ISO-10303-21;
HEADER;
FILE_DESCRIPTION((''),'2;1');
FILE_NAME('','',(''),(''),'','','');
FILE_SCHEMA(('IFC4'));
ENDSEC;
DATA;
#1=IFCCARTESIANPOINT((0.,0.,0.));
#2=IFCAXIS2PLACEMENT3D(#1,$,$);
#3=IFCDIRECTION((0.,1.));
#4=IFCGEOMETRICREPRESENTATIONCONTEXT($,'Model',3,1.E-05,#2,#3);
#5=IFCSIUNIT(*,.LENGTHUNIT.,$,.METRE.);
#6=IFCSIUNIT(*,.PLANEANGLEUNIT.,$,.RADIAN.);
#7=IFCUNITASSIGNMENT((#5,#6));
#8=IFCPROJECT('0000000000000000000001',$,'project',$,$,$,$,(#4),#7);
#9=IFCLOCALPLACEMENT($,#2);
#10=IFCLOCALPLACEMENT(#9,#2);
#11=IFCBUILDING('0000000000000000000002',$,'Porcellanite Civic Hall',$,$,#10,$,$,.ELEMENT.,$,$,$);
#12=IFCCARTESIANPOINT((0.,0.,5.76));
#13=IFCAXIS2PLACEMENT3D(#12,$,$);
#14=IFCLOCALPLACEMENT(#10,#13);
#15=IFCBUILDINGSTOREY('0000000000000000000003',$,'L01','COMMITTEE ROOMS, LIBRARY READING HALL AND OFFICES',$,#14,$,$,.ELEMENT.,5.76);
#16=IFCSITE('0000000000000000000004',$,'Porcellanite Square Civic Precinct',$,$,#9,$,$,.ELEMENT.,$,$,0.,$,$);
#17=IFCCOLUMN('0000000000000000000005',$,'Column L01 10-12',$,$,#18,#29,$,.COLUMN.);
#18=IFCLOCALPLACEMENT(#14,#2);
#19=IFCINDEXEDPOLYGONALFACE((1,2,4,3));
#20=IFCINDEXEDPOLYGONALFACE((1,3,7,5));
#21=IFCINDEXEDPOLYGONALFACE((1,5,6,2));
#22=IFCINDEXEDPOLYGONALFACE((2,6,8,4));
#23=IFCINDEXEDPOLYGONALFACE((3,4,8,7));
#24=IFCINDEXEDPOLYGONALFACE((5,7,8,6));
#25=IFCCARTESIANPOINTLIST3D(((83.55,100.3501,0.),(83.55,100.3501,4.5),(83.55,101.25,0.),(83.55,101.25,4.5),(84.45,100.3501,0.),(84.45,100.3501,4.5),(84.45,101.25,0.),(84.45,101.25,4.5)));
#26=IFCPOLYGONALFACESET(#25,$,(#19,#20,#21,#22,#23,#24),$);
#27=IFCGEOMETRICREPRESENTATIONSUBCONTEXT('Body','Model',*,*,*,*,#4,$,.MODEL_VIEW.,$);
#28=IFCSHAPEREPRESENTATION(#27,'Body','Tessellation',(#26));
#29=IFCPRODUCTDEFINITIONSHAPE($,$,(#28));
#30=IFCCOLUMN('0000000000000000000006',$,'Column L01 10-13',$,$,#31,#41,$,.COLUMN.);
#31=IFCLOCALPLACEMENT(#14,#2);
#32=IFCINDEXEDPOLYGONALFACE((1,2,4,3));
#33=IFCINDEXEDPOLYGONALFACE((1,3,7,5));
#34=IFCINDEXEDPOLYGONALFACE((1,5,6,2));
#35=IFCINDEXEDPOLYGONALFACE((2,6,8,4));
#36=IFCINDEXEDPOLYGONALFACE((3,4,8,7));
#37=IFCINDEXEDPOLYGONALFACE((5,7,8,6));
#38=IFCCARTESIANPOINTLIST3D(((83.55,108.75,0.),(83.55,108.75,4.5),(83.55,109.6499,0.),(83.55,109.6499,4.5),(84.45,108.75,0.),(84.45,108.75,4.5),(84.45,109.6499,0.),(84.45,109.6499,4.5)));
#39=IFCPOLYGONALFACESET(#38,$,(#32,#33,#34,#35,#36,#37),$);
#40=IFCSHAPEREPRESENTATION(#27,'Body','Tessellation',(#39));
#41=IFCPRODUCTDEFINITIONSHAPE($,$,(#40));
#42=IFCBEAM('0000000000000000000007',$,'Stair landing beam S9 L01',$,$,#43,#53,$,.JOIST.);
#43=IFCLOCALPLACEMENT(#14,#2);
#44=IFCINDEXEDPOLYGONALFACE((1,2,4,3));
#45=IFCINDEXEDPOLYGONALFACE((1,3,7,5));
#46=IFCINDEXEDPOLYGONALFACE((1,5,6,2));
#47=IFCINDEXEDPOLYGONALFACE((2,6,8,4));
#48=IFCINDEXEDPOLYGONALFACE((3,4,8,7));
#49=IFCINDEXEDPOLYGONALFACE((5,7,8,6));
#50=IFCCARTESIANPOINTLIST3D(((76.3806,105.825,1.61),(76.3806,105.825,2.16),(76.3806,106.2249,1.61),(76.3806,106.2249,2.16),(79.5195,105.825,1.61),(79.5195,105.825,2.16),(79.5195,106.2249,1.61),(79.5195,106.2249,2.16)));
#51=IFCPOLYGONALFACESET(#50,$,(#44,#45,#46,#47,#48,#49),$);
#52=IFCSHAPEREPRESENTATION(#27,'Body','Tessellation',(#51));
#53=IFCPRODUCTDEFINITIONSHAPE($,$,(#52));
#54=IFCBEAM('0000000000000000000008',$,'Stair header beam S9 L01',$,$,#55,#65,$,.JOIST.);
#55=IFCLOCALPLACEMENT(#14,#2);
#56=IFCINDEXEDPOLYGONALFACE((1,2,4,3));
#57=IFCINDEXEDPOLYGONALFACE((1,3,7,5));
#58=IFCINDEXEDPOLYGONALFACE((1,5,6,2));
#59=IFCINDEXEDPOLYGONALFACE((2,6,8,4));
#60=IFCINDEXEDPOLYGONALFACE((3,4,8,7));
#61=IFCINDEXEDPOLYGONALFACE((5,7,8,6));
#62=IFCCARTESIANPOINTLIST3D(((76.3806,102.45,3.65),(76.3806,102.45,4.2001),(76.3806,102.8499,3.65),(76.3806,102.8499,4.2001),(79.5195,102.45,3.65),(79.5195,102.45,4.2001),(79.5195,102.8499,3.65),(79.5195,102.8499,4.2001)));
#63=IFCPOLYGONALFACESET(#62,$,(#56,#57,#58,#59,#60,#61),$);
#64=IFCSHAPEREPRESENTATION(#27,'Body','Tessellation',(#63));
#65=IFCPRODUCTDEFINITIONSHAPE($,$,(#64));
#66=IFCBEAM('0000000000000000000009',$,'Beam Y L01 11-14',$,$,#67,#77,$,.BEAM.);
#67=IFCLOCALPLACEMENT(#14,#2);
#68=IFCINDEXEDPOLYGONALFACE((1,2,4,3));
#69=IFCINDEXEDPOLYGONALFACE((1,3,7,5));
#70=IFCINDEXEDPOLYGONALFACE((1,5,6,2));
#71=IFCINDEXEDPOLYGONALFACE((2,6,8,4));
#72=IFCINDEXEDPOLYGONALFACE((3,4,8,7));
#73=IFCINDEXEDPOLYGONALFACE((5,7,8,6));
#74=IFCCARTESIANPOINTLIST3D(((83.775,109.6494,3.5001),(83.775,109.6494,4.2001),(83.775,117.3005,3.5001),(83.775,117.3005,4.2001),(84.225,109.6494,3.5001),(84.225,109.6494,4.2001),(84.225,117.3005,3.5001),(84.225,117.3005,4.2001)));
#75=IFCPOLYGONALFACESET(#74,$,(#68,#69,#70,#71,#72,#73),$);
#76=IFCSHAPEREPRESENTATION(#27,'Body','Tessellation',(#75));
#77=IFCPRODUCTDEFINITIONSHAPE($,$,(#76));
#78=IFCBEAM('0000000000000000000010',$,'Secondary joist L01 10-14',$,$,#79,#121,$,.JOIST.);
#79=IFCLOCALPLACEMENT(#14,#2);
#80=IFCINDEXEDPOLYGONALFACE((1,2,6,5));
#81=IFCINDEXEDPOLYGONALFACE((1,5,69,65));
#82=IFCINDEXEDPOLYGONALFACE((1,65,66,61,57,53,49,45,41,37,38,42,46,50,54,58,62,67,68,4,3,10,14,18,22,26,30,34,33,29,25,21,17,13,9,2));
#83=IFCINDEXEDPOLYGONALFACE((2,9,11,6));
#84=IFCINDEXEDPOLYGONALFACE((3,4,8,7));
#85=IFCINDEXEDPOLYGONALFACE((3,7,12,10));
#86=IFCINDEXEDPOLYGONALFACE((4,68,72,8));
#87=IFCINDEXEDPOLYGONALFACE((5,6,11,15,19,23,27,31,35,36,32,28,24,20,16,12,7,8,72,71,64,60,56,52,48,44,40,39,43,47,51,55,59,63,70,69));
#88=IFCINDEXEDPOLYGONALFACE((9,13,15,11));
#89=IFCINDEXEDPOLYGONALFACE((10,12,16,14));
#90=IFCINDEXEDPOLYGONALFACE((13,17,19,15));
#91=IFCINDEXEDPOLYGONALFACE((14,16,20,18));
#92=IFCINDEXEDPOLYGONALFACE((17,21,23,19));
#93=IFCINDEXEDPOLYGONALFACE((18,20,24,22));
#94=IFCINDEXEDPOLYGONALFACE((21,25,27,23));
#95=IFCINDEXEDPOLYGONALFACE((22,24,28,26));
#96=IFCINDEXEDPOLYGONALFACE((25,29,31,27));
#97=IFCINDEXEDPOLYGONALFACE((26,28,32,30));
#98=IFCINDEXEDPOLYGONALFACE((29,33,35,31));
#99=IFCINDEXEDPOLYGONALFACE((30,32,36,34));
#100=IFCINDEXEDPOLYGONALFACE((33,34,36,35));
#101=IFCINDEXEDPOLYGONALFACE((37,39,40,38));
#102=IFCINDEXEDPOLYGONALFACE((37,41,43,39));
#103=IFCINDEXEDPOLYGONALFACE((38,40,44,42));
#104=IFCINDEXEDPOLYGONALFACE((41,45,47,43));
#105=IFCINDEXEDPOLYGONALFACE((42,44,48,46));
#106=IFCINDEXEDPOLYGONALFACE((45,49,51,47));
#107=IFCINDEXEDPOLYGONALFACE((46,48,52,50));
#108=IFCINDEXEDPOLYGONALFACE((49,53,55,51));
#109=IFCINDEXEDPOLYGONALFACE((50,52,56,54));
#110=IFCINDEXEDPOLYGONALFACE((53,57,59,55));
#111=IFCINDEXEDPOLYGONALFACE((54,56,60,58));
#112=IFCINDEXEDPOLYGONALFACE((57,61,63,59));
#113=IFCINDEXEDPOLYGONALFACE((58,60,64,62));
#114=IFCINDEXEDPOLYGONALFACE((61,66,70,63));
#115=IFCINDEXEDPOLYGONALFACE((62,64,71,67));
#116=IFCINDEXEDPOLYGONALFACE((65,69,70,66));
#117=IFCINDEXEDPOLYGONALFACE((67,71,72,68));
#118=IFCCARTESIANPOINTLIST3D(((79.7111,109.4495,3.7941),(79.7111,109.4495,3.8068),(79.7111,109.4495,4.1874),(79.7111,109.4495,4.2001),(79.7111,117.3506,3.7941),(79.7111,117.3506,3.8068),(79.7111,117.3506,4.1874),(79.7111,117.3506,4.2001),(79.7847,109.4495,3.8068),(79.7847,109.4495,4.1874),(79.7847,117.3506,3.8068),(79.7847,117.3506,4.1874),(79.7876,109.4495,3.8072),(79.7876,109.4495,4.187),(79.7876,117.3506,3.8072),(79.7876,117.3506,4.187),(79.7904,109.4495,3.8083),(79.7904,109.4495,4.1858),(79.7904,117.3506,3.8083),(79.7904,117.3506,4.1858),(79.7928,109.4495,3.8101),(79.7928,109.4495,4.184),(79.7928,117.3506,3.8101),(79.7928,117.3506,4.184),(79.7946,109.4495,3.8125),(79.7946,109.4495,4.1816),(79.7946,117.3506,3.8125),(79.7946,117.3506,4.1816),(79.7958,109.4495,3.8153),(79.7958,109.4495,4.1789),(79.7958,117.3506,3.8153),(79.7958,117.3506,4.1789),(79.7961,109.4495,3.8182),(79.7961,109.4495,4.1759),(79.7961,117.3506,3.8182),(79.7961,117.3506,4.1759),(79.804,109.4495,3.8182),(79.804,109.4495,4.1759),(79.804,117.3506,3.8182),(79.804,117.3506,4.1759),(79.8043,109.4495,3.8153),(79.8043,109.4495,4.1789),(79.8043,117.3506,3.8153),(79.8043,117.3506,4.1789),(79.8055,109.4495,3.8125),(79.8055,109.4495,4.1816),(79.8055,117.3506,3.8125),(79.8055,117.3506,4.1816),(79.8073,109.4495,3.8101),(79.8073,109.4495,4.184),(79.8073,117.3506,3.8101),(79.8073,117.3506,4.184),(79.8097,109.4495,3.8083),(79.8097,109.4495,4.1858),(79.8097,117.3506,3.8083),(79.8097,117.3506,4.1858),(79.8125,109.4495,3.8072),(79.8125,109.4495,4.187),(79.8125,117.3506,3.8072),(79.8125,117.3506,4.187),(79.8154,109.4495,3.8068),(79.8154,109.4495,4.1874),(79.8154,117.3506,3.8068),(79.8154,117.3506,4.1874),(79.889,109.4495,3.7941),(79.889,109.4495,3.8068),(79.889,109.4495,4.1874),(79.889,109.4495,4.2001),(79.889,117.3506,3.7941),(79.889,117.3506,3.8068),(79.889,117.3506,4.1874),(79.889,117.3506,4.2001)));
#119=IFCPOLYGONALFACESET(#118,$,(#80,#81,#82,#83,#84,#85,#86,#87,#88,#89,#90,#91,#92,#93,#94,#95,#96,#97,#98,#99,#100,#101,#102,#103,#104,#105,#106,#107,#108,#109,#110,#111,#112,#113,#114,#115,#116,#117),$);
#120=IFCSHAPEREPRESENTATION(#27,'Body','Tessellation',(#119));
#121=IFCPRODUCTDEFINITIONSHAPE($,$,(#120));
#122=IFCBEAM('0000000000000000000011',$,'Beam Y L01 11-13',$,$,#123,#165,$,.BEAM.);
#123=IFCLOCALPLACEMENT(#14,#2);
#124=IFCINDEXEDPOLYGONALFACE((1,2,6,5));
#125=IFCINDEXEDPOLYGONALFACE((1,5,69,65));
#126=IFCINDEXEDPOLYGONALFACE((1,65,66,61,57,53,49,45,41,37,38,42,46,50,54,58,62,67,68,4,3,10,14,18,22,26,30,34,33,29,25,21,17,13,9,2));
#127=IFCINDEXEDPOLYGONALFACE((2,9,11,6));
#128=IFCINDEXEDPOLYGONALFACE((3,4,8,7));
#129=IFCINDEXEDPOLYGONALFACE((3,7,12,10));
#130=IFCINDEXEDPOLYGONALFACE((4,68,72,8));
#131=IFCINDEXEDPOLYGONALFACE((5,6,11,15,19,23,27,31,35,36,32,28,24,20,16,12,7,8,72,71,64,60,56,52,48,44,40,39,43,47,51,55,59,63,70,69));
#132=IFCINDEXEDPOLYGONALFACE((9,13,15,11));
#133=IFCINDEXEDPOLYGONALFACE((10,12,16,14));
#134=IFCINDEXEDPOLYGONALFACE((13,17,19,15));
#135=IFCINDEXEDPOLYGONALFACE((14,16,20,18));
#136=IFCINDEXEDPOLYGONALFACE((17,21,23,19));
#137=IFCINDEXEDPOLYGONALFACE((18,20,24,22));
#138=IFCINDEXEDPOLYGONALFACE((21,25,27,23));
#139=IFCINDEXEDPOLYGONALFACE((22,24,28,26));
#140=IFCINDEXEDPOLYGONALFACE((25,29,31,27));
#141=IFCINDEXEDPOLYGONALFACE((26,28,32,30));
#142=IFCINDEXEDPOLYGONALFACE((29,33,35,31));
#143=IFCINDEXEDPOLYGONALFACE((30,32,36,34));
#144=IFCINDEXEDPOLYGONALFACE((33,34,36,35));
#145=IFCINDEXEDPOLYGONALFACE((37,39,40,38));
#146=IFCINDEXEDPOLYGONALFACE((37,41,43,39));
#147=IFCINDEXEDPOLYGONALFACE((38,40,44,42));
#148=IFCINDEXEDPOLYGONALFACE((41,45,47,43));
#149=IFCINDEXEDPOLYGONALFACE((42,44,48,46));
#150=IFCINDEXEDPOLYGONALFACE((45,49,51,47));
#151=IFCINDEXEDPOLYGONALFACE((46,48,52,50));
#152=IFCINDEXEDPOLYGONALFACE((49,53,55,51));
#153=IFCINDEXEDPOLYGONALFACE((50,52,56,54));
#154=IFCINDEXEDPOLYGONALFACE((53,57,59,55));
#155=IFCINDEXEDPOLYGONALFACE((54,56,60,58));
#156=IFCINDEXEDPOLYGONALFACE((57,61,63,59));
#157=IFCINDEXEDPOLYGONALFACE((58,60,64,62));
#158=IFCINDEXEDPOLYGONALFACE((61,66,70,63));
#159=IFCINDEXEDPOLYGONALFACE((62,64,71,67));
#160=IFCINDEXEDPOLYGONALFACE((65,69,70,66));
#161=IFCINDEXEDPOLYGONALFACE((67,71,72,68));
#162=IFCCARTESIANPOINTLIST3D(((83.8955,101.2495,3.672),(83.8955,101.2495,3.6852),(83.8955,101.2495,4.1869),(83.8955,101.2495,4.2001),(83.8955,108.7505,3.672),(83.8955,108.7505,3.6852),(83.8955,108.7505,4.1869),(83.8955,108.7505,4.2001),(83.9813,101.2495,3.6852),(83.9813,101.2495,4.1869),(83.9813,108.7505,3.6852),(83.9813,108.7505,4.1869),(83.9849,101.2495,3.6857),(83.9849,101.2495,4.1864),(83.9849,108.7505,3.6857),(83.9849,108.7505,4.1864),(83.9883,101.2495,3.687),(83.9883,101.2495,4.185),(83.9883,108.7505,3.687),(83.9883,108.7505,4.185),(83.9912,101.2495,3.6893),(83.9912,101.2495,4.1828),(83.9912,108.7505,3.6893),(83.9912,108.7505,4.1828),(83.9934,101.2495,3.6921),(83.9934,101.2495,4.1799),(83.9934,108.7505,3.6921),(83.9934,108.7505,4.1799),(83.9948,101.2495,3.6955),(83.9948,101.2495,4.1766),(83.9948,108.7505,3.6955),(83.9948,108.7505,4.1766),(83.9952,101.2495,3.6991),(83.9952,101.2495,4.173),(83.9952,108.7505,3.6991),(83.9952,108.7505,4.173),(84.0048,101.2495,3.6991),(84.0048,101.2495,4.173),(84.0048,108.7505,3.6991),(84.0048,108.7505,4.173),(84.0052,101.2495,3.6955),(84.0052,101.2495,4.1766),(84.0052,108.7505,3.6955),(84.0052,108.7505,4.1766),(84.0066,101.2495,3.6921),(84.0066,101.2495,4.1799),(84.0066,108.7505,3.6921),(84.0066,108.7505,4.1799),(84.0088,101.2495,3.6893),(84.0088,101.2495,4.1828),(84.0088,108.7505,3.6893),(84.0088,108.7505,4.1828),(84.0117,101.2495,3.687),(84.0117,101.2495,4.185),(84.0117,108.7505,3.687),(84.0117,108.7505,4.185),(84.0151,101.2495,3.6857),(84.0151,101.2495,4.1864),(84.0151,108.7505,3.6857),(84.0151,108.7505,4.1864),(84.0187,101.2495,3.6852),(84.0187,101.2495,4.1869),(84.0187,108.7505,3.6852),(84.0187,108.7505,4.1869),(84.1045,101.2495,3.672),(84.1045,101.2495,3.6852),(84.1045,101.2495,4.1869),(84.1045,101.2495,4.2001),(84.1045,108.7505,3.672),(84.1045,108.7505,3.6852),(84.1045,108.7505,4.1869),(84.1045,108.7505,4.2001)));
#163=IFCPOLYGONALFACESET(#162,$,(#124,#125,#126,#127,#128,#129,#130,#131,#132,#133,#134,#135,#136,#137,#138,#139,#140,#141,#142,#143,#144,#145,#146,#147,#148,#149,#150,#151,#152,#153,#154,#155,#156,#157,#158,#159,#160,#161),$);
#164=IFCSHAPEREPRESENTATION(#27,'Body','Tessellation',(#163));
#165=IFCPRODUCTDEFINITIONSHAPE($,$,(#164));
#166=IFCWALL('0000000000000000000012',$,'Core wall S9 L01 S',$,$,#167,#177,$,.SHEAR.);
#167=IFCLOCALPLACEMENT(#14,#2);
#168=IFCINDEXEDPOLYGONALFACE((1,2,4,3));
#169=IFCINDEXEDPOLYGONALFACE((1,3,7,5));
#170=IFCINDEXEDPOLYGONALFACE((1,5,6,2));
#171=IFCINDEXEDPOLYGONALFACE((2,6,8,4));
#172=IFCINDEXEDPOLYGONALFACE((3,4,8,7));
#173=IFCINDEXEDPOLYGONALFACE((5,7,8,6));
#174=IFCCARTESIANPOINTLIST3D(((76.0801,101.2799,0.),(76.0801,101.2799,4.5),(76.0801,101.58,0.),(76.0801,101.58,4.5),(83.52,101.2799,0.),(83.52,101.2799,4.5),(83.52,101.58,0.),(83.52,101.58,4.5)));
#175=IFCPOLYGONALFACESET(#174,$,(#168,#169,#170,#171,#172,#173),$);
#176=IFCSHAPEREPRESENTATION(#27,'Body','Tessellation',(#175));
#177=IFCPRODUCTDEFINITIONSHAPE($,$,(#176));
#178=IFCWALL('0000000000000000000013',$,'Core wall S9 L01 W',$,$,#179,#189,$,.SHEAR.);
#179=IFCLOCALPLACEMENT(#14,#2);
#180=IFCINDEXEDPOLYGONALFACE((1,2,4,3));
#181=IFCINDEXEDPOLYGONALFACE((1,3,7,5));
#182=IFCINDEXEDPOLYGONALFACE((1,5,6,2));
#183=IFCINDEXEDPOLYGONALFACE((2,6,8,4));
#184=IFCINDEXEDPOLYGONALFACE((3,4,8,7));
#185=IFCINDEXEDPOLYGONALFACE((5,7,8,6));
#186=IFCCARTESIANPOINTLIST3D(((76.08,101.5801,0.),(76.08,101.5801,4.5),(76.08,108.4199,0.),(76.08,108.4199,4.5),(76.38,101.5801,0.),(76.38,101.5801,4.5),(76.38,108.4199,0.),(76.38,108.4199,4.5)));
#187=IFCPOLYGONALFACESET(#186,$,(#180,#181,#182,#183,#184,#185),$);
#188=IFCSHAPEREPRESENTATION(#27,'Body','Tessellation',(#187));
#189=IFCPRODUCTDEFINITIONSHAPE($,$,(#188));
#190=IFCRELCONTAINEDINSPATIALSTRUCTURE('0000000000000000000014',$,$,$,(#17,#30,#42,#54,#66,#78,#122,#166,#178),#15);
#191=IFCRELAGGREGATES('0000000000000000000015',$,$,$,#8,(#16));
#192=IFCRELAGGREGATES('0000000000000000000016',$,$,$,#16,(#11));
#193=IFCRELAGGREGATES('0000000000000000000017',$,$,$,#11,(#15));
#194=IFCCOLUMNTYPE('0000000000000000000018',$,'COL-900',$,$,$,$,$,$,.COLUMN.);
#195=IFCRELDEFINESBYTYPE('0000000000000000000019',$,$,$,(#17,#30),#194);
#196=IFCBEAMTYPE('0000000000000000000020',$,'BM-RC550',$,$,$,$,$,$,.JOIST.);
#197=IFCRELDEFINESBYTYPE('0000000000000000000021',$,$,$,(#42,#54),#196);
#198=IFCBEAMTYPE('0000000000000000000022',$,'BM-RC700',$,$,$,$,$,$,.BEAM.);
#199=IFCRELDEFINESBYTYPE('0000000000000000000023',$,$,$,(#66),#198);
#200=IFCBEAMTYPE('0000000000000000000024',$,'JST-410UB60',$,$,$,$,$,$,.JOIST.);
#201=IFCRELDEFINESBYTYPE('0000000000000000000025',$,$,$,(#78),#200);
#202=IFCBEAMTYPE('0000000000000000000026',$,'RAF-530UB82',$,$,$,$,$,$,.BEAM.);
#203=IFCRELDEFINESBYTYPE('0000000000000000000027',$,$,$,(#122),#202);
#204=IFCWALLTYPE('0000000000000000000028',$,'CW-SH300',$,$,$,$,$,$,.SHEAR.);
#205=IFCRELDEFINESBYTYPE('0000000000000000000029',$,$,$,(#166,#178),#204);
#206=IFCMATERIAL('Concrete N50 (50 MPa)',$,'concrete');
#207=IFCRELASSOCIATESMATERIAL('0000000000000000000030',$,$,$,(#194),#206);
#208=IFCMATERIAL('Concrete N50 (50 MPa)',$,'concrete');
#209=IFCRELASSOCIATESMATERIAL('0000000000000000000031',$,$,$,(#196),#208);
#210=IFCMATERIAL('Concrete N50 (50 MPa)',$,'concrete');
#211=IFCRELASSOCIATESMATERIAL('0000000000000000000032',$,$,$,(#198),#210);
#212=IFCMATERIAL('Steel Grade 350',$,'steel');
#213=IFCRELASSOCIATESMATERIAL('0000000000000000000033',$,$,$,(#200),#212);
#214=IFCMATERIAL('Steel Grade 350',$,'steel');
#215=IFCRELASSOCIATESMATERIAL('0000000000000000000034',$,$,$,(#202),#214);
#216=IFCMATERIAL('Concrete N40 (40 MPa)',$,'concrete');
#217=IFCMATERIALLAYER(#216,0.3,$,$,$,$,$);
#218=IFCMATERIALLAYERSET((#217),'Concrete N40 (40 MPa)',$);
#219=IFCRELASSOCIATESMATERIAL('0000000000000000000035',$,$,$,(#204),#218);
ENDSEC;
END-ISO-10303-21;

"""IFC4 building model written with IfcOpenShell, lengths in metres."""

from ifc_helpers import new_model, si_unit, direction, frame, frame_2d, origin, origin_2d, place, context, subcontext, project, spatial, rectangle, i_section, extrude, material, layer, layer_set, material_profile, profile_set, type_object, element, save


model = new_model("IFC4")

# Units and contexts
model_context = context("Model", 3, precision=1e-05, world=origin(), true_north=direction((0.0, 1.0)))
body_context = subcontext(model_context, "Body", "Model", "MODEL_VIEW")
ifc_project = project(units=[si_unit("LENGTHUNIT", "METRE"), si_unit("PLANEANGLEUNIT", "RADIAN")], contexts=[model_context])

# Site, building, storey
site_placement = place(None, origin())
site = spatial("IfcSite", under=ifc_project, at=site_placement, Name="Porcellanite Square Civic Precinct", CompositionType="ELEMENT", RefElevation=0.0)
building_placement = place(site_placement, origin())
building = spatial("IfcBuilding", under=site, at=building_placement, Name="Porcellanite Civic Hall", CompositionType="ELEMENT")
storey_placement = place(building_placement, frame((0.0, 0.0, 5.76)))
storey = spatial("IfcBuildingStorey", under=building, at=storey_placement, Name="L01", Description="COMMITTEE ROOMS, LIBRARY READING HALL AND OFFICES", CompositionType="ELEMENT", Elevation=5.76)

# Columns
ifc_material_1 = material(Name="Concrete N50 (50 MPa)", Category="concrete")
ifc_material_profile_1 = material_profile(ifc_material_1, rectangle(XDim=0.8999, YDim=0.8999, at=origin_2d()), Name="RC-900x900")
ifc_profile_set_1 = profile_set([ifc_material_profile_1], Name="Concrete N50 (50 MPa)")
column_type = type_object("IfcColumnType", Name="COL-900", PredefinedType="COLUMN", material=ifc_profile_set_1)
for number, where, z_axis, x_axis, name in (
    (1, (84.0, 100.8, 0.0), (0.0, 0.0, 1.0), (1.0, 0.0, 0.0), "Column L01 10-12"),
    (2, (84.0, 109.2, 0.0), (0.0, 0.0, 1.0), (1.0, 0.0, 0.0), "Column L01 10-13"),
):
    element("IfcColumn", number, at=place(storey_placement, frame(where, z_axis=z_axis, x_axis=x_axis)), inside=storey, type_object=column_type, Name=name, PredefinedType="COLUMN", context=body_context, shape_type="SweptSolid", body=[
        extrude(rectangle(XDim=0.8999, YDim=0.8999, at=origin_2d()), origin(), (0.0, 0.0, 1.0), 4.5),
    ])

# Beams
ifc_material_2 = material(Name="Concrete N50 (50 MPa)", Category="concrete")
ifc_material_profile_2 = material_profile(ifc_material_2, rectangle(XDim=0.3999, YDim=0.55, at=origin_2d()), Name="RC-400x550")
ifc_profile_set_2 = profile_set([ifc_material_profile_2], Name="Concrete N50 (50 MPa)")
beam_type_1 = type_object("IfcBeamType", Name="BM-RC550", PredefinedType="JOIST", material=ifc_profile_set_2)
for number, where, z_axis, x_axis, name in (
    (3, (76.3806, 106.0249, 1.885), (1.0, 0.0, 0.0), (0.0, 1.0, 0.0), "Stair landing beam S9 L01"),
    (4, (76.3806, 102.6499, 3.925), (1.0, 0.0, 0.0), (0.0, 1.0, 0.0), "Stair header beam S9 L01"),
):
    element("IfcBeam", number, at=place(storey_placement, frame(where, z_axis=z_axis, x_axis=x_axis)), inside=storey, type_object=beam_type_1, Name=name, PredefinedType="JOIST", context=body_context, shape_type="SweptSolid", body=[
        extrude(rectangle(XDim=0.3999, YDim=0.55, at=origin_2d()), origin(), (0.0, 0.0, 1.0), 3.1389),
    ])
ifc_material_3 = material(Name="Concrete N50 (50 MPa)", Category="concrete")
ifc_material_profile_3 = material_profile(ifc_material_3, rectangle(XDim=0.45, YDim=0.7, at=origin_2d()), Name="RC-450x700")
ifc_profile_set_3 = profile_set([ifc_material_profile_3], Name="Concrete N50 (50 MPa)")
beam_type_2 = type_object("IfcBeamType", Name="BM-RC700", PredefinedType="BEAM", material=ifc_profile_set_3)
beam_1_placement = place(storey_placement, frame((84.0, 109.6494, 3.8501), z_axis=(0.0, 1.0, 0.0), x_axis=(-1.0, 0.0, 0.0)))
element("IfcBeam", 5, at=beam_1_placement, inside=storey, type_object=beam_type_2, Name="Beam Y L01 11-14", PredefinedType="BEAM", context=body_context, shape_type="SweptSolid", body=[
    extrude(rectangle(XDim=0.45, YDim=0.7, at=origin_2d()), origin(), (0.0, 0.0, 1.0), 7.6511),
])
ifc_material_4 = material(Name="Steel Grade 350", Category="steel")
ifc_material_profile_4 = material_profile(ifc_material_4, i_section(OverallWidth=0.178, OverallDepth=0.406, WebThickness=0.0078, FlangeThickness=0.0127, FilletRadius=0.0115, at=origin_2d()), Name="410UB59.7")
ifc_profile_set_4 = profile_set([ifc_material_profile_4], Name="Steel Grade 350")
beam_type_3 = type_object("IfcBeamType", Name="JST-410UB60", PredefinedType="JOIST", material=ifc_profile_set_4)
beam_2_placement = place(storey_placement, frame((79.8, 109.4495, 3.9971), z_axis=(0.0, 1.0, 0.0), x_axis=(-1.0, 0.0, 0.0)))
element("IfcBeam", 6, at=beam_2_placement, inside=storey, type_object=beam_type_3, Name="Secondary joist L01 10-14", PredefinedType="JOIST", context=body_context, shape_type="SweptSolid", body=[
    extrude(i_section(OverallWidth=0.178, OverallDepth=0.406, WebThickness=0.0078, FlangeThickness=0.0127, FilletRadius=0.0115, at=origin_2d()), origin(), (0.0, 0.0, 1.0), 7.9011),
])
ifc_material_5 = material(Name="Steel Grade 350", Category="steel")
ifc_material_profile_5 = material_profile(ifc_material_5, i_section(OverallWidth=0.209, OverallDepth=0.5281, WebThickness=0.0095, FlangeThickness=0.0132, FilletRadius=0.0139, at=origin_2d()), Name="530UB82.0")
ifc_profile_set_5 = profile_set([ifc_material_profile_5], Name="Steel Grade 350")
beam_type_4 = type_object("IfcBeamType", Name="RAF-530UB82", PredefinedType="BEAM", material=ifc_profile_set_5)
beam_3_placement = place(storey_placement, frame((84.0, 101.2495, 3.936), z_axis=(0.0, 1.0, 0.0), x_axis=(-1.0, 0.0, 0.0)))
element("IfcBeam", 7, at=beam_3_placement, inside=storey, type_object=beam_type_4, Name="Beam Y L01 11-13", PredefinedType="BEAM", context=body_context, shape_type="SweptSolid", body=[
    extrude(i_section(OverallWidth=0.209, OverallDepth=0.5281, WebThickness=0.0095, FlangeThickness=0.0132, FilletRadius=0.0139, at=origin_2d()), origin(), (0.0, 0.0, 1.0), 7.501),
])

# Walls
ifc_material_6 = material(Name="Concrete N40 (40 MPa)", Category="concrete")
ifc_layer_1 = layer(ifc_material_6, 0.3)
ifc_layer_set_1 = layer_set([ifc_layer_1], Name="Concrete N40 (40 MPa)")
wall_type_1 = type_object("IfcWallType", Name="CW-SH300", PredefinedType="SHEAR", material=ifc_layer_set_1)
wall_1_placement = place(storey_placement, frame((83.52, 101.4299, 0.0), z_axis=(0.0, 0.0, 1.0), x_axis=(-1.0, 0.0, 0.0)))
element("IfcWall", 8, at=wall_1_placement, inside=storey, type_object=wall_type_1, Name="Core wall S9 L01 S", PredefinedType="SHEAR", context=body_context, shape_type="SweptSolid", body=[
    extrude(rectangle(XDim=7.4399, YDim=0.3, at=frame_2d((3.72, 0.0))), origin(), (0.0, 0.0, 1.0), 4.5),
])
wall_2_placement = place(storey_placement, frame((76.23, 101.5801, 0.0), z_axis=(0.0, 0.0, 1.0), x_axis=(0.0, 1.0, 0.0)))
element("IfcWall", 9, at=wall_2_placement, inside=storey, type_object=wall_type_1, Name="Core wall S9 L01 W", PredefinedType="SHEAR", context=body_context, shape_type="SweptSolid", body=[
    extrude(rectangle(XDim=6.8398, YDim=0.3, at=frame_2d((3.4199, 0.0))), origin(), (0.0, 0.0, 1.0), 4.5),
])

save(model, "model.ifc")
